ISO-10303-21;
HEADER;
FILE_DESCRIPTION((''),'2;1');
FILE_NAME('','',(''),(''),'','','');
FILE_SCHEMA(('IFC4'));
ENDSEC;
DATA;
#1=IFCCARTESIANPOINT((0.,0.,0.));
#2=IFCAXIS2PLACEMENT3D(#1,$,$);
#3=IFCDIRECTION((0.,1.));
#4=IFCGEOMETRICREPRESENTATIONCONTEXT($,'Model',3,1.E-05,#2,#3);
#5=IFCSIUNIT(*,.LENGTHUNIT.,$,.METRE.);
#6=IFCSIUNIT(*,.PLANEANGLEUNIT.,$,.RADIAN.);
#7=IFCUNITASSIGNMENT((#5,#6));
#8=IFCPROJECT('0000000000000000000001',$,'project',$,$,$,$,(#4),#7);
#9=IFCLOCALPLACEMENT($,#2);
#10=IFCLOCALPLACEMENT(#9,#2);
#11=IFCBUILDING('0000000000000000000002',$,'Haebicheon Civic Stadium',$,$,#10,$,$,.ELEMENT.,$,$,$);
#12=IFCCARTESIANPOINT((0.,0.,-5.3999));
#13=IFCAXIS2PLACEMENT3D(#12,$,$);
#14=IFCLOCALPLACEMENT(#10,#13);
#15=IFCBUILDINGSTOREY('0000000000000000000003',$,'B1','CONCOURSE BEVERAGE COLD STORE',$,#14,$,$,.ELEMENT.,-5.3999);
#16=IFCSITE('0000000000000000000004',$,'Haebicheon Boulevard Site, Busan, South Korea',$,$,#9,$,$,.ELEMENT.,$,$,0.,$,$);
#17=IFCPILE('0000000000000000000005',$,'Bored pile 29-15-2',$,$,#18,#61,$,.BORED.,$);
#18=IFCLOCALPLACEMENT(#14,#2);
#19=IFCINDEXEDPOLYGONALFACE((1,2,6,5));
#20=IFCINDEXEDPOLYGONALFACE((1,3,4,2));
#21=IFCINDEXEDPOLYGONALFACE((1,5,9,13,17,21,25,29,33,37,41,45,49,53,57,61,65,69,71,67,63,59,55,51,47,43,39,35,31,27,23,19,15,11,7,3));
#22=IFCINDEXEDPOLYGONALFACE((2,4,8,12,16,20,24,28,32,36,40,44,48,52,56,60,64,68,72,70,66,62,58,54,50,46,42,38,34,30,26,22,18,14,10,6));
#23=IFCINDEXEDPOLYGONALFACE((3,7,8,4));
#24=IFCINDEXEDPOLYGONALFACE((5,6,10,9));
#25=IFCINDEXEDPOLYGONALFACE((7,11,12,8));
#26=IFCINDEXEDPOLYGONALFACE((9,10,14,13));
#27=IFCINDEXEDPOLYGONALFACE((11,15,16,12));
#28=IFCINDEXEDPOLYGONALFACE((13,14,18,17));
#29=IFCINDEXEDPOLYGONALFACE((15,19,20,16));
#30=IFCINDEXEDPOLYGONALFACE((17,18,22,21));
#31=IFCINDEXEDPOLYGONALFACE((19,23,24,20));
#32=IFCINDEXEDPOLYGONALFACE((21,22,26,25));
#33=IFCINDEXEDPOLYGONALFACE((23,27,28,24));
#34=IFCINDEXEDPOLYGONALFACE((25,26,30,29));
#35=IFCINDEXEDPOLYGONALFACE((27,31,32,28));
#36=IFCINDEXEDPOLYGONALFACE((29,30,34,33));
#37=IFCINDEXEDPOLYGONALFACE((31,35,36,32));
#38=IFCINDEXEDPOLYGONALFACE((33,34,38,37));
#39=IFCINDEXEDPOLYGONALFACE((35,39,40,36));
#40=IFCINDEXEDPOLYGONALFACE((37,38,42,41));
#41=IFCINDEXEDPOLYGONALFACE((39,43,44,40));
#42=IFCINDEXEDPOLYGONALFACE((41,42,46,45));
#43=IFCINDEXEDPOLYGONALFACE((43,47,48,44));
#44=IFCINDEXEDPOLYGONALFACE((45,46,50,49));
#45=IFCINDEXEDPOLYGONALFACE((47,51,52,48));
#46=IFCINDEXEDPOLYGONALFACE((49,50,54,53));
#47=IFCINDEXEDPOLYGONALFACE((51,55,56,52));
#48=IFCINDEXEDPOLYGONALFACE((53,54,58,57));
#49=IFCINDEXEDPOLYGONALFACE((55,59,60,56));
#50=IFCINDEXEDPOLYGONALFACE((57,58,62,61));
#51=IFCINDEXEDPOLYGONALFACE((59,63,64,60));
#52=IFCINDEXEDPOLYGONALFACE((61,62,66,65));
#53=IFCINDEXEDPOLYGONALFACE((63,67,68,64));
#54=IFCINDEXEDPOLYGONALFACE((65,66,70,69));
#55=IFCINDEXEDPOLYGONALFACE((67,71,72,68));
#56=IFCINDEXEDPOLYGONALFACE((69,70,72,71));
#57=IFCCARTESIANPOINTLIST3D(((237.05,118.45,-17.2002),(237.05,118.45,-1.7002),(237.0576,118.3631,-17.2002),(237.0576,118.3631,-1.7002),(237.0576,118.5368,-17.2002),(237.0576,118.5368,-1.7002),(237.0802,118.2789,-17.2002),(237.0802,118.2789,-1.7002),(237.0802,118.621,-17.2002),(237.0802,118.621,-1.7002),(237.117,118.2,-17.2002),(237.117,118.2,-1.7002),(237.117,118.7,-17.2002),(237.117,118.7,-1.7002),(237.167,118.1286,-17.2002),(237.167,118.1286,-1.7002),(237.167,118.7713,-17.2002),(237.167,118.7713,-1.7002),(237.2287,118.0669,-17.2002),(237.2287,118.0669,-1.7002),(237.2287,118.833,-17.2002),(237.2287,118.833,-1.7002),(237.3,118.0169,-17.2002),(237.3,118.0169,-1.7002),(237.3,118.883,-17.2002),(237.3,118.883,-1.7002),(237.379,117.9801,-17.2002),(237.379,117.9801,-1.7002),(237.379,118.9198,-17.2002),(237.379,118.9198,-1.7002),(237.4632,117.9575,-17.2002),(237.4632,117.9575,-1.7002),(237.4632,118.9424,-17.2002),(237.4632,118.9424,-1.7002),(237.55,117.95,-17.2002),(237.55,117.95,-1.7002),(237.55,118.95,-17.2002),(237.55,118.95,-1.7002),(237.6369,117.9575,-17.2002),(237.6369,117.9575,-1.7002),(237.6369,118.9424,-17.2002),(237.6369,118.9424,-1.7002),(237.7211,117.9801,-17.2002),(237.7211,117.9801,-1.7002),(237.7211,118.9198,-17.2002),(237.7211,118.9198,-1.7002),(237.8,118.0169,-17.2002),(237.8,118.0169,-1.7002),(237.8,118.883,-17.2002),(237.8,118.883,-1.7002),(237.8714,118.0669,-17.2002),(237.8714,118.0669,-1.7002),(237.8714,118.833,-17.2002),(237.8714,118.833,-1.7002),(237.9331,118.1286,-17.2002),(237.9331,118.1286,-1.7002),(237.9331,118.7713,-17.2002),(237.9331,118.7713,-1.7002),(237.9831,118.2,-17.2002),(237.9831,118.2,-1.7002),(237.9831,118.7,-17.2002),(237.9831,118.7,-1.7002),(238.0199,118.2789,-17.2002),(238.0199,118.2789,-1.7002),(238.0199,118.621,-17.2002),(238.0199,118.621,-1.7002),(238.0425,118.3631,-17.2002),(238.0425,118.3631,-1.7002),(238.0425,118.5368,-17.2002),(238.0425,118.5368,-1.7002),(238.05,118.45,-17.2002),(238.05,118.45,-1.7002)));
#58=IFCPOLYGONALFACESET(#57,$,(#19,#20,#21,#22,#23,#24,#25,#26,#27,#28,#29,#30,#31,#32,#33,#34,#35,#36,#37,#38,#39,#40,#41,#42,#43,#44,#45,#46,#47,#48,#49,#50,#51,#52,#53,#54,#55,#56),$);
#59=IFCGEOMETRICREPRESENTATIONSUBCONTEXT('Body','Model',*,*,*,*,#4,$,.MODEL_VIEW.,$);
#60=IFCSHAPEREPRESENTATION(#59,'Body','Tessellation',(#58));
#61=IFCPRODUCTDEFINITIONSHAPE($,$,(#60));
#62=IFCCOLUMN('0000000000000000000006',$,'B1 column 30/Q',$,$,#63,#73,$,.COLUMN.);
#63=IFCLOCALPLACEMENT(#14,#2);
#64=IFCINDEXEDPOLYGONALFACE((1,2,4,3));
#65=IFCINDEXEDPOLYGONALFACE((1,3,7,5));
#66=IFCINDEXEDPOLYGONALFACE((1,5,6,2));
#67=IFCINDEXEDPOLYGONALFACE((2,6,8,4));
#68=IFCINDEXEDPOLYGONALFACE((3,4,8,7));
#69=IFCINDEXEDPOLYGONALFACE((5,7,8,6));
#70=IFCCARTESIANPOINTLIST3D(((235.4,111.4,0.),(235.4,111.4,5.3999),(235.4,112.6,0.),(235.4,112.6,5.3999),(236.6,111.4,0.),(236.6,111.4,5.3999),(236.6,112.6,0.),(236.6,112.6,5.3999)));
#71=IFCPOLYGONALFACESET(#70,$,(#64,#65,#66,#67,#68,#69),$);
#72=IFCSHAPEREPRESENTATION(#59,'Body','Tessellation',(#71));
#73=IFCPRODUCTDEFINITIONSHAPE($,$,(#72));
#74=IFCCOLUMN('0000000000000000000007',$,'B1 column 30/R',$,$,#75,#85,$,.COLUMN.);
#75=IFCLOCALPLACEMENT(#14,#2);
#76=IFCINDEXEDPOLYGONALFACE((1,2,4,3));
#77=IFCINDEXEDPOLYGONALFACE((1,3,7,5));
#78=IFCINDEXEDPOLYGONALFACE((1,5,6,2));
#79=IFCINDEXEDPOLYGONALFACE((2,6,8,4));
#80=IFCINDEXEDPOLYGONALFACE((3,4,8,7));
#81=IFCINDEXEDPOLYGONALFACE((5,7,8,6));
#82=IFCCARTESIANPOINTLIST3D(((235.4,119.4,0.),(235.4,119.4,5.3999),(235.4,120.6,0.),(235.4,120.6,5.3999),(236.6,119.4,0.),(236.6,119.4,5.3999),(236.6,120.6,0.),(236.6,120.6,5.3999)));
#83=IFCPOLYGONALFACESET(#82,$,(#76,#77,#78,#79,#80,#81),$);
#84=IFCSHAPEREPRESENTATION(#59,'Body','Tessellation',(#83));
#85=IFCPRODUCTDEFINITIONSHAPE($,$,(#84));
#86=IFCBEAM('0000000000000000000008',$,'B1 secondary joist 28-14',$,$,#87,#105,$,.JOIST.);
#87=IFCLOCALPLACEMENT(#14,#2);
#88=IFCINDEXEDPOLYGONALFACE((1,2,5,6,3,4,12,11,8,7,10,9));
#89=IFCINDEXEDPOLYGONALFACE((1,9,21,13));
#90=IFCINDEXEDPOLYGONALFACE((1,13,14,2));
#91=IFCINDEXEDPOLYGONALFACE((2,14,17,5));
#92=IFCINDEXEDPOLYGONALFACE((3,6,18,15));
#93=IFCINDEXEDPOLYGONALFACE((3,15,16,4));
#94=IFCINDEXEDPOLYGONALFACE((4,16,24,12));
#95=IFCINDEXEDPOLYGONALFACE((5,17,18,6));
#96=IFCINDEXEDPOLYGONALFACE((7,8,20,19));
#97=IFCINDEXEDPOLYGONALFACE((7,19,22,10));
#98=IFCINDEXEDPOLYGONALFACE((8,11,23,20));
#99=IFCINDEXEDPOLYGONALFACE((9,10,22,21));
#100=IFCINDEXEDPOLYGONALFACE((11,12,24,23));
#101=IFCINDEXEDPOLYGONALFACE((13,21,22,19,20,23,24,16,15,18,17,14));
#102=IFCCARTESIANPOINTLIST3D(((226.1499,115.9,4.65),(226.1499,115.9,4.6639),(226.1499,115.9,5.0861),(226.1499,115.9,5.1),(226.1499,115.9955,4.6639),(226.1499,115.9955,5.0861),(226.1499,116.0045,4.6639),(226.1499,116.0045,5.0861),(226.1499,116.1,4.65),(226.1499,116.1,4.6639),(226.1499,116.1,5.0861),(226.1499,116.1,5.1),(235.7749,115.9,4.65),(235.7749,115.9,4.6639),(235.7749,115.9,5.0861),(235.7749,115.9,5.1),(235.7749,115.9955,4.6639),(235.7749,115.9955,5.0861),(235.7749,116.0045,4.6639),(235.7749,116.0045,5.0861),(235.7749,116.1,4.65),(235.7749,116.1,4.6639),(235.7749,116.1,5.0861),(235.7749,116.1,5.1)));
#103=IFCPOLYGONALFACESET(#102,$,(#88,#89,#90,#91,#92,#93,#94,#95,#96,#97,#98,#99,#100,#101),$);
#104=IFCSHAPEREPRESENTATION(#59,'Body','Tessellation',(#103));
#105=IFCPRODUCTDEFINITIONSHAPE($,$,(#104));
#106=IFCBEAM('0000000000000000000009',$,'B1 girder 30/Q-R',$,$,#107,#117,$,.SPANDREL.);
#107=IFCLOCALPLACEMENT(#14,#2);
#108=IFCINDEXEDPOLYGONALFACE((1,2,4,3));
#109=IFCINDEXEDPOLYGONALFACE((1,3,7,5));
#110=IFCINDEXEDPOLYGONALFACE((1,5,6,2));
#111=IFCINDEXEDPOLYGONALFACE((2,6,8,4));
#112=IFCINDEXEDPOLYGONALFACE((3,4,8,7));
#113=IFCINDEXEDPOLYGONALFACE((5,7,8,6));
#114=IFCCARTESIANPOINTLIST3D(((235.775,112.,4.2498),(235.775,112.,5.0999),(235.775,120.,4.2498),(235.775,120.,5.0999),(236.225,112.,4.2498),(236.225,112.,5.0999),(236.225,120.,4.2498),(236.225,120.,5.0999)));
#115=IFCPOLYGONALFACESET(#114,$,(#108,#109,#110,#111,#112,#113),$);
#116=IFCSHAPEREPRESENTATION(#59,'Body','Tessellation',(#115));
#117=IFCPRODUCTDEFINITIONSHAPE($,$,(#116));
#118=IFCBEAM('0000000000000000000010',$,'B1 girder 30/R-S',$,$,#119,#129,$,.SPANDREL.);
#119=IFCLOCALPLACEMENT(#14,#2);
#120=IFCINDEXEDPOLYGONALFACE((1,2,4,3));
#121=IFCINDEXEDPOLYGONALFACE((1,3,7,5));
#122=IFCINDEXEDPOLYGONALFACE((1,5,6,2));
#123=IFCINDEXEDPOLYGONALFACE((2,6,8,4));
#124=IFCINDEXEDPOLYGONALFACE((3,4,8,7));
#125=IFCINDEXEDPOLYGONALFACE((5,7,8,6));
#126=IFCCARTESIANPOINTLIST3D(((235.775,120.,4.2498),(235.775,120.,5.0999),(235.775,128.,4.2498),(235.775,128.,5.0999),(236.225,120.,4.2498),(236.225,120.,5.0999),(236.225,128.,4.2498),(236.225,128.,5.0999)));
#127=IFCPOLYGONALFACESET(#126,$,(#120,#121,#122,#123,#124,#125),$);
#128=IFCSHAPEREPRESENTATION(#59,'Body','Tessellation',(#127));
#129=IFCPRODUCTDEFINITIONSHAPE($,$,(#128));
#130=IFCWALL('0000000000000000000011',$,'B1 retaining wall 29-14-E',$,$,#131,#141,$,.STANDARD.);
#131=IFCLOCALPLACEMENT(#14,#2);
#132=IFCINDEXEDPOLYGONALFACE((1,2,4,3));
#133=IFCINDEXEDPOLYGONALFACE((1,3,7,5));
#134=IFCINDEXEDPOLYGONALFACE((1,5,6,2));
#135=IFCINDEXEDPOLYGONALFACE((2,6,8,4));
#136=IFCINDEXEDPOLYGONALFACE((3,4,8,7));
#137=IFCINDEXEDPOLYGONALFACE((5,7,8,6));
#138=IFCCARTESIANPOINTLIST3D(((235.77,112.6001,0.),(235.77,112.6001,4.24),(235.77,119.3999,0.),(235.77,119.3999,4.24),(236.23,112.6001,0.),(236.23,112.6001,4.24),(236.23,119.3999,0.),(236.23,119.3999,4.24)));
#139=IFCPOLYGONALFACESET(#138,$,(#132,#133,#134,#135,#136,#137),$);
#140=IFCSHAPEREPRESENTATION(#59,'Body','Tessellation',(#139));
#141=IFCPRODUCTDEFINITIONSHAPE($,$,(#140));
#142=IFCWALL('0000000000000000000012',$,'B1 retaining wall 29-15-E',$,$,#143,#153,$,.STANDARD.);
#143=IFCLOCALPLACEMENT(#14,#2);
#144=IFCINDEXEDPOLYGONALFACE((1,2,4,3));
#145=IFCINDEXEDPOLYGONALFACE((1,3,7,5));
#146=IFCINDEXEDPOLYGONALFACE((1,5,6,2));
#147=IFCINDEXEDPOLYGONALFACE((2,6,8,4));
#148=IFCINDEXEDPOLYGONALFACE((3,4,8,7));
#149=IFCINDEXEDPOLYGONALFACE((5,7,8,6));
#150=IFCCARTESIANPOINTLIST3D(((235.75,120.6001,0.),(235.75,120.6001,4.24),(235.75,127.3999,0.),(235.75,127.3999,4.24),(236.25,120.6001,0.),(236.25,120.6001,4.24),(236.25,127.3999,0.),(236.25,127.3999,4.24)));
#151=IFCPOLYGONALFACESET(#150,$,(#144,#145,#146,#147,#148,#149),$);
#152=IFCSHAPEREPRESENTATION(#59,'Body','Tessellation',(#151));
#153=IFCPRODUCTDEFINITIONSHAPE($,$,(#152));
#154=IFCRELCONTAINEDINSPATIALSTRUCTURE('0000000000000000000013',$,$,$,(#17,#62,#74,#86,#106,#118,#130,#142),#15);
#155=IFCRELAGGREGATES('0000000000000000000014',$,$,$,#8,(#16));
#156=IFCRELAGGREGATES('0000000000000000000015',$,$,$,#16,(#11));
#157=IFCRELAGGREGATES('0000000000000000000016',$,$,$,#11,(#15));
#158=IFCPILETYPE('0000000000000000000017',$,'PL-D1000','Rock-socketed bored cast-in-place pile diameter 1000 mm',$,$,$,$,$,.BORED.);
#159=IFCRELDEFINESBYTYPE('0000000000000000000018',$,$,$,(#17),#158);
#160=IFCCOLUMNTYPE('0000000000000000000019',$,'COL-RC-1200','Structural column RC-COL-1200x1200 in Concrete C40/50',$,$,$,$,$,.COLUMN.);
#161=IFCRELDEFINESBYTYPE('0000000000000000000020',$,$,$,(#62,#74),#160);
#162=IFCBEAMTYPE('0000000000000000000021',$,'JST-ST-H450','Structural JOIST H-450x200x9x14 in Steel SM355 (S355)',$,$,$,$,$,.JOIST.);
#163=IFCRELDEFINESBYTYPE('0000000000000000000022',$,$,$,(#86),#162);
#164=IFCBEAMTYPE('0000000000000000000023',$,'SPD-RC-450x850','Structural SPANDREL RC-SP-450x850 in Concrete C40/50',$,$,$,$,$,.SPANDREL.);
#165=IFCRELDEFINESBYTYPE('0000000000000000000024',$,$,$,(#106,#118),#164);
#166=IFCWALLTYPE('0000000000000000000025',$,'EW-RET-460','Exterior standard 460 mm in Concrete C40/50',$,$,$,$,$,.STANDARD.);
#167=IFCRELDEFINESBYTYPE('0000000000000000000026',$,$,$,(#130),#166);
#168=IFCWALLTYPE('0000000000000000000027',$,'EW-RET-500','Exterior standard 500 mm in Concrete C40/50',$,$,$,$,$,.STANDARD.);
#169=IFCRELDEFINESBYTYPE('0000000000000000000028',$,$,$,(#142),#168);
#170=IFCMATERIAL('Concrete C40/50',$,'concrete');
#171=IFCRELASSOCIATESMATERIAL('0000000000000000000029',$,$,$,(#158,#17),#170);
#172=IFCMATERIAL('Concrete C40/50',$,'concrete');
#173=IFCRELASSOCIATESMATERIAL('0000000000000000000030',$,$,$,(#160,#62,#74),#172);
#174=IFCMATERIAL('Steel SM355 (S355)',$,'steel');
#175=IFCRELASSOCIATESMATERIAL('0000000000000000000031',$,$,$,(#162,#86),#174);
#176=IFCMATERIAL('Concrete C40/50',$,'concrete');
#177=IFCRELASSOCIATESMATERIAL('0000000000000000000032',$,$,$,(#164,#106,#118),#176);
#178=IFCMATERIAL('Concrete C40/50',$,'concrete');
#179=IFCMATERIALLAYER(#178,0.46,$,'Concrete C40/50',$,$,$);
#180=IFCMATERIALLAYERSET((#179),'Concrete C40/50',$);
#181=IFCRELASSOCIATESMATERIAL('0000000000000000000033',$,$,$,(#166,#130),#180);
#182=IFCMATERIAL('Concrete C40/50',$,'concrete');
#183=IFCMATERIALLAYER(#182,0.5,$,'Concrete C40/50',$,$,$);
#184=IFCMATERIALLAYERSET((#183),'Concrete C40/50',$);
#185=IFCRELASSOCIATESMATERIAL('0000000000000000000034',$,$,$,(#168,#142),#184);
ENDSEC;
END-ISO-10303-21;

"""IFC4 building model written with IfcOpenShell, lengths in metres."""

from ifc_helpers import new_model, si_unit, direction, frame, frame_2d, origin, origin_2d, place, context, subcontext, project, spatial, rectangle, circle, i_section, extrude, material, layer, layer_set, material_profile, profile_set, type_object, element, save


model = new_model("IFC4")

# Units and contexts
model_context = context("Model", 3, precision=1e-05, world=origin(), true_north=direction((0.0, 1.0)))
body_context = subcontext(model_context, "Body", "Model", "MODEL_VIEW")
ifc_project = project(units=[si_unit("LENGTHUNIT", "METRE"), si_unit("PLANEANGLEUNIT", "RADIAN")], contexts=[model_context])

# Site, building, storey
site_placement = place(None, origin())
site = spatial("IfcSite", under=ifc_project, at=site_placement, Name="Haebicheon Boulevard Site, Busan, South Korea", CompositionType="ELEMENT", RefElevation=0.0)
building_placement = place(site_placement, origin())
building = spatial("IfcBuilding", under=site, at=building_placement, Name="Haebicheon Civic Stadium", CompositionType="ELEMENT")
storey_placement = place(building_placement, frame((0.0, 0.0, -5.3999)))
storey = spatial("IfcBuildingStorey", under=building, at=storey_placement, Name="B1", Description="CONCOURSE BEVERAGE COLD STORE", CompositionType="ELEMENT", Elevation=-5.3999)

# Pile
ifc_material_1 = material(Name="Concrete C40/50", Category="concrete")
ifc_material_profile_1 = material_profile(ifc_material_1, circle(Radius=0.5, at=origin_2d()), Name="PILE-D1000")
ifc_profile_set_1 = profile_set([ifc_material_profile_1], Name="Concrete C40/50")
pile_type = type_object("IfcPileType", Name="PL-D1000", Description="Rock-socketed bored cast-in-place pile diameter 1000 mm", PredefinedType="BORED", material=ifc_profile_set_1)
for number, where, z_axis, x_axis, name in (
    (1, (237.55, 118.45, -1.7002), (0.0, 0.0, -1.0), (1.0, 0.0, 0.0), "Bored pile 29-15-2"),
):
    element("IfcPile", number, at=place(storey_placement, frame(where, z_axis=z_axis, x_axis=x_axis)), inside=storey, type_object=pile_type, material=ifc_profile_set_1, Name=name, PredefinedType="BORED", context=body_context, shape_type="SweptSolid", body=[
        extrude(circle(Radius=0.5, at=origin_2d()), origin(), (0.0, 0.0, 1.0), 15.5),
    ])

# Columns
ifc_material_2 = material(Name="Concrete C40/50", Category="concrete")
ifc_material_profile_2 = material_profile(ifc_material_2, rectangle(XDim=1.2, YDim=1.2, at=origin_2d()), Name="RC-COL-1200x1200")
ifc_profile_set_2 = profile_set([ifc_material_profile_2], Name="Concrete C40/50")
column_type = type_object("IfcColumnType", Name="COL-RC-1200", Description="Structural column RC-COL-1200x1200 in Concrete C40/50", PredefinedType="COLUMN", material=ifc_profile_set_2)
for number, where, z_axis, x_axis, name in (
    (2, (236.0, 112.0, 0.0), (0.0, 0.0, 1.0), (1.0, 0.0, 0.0), "B1 column 30/Q"),
    (3, (236.0, 120.0, 0.0), (0.0, 0.0, 1.0), (1.0, 0.0, 0.0), "B1 column 30/R"),
):
    element("IfcColumn", number, at=place(storey_placement, frame(where, z_axis=z_axis, x_axis=x_axis)), inside=storey, type_object=column_type, material=ifc_profile_set_2, Name=name, PredefinedType="COLUMN", context=body_context, shape_type="SweptSolid", body=[
        extrude(rectangle(XDim=1.2, YDim=1.2, at=origin_2d()), origin(), (0.0, 0.0, 1.0), 5.3999),
    ])

# Beams
ifc_material_3 = material(Name="Steel SM355 (S355)", Category="steel")
ifc_material_profile_3 = material_profile(ifc_material_3, i_section(OverallWidth=0.2, OverallDepth=0.45, WebThickness=0.009, FlangeThickness=0.0139, at=origin_2d()), Name="H-450x200x9x14")
ifc_profile_set_3 = profile_set([ifc_material_profile_3], Name="Steel SM355 (S355)")
beam_type_1 = type_object("IfcBeamType", Name="JST-ST-H450", Description="Structural JOIST H-450x200x9x14 in Steel SM355 (S355)", PredefinedType="JOIST", material=ifc_profile_set_3)
beam_placement = place(storey_placement, frame((226.1499, 116.0, 4.875), z_axis=(1.0, 0.0, 0.0), x_axis=(0.0, 1.0, 0.0)))
element("IfcBeam", 4, at=beam_placement, inside=storey, type_object=beam_type_1, material=ifc_profile_set_3, Name="B1 secondary joist 28-14", PredefinedType="JOIST", context=body_context, shape_type="SweptSolid", body=[
    extrude(i_section(OverallWidth=0.2, OverallDepth=0.45, WebThickness=0.009, FlangeThickness=0.0139, at=origin_2d()), origin(), (0.0, 0.0, 1.0), 9.625),
])
ifc_material_4 = material(Name="Concrete C40/50", Category="concrete")
ifc_material_profile_4 = material_profile(ifc_material_4, rectangle(XDim=0.45, YDim=0.8501, at=origin_2d()), Name="RC-SP-450x850")
ifc_profile_set_4 = profile_set([ifc_material_profile_4], Name="Concrete C40/50")
beam_type_2 = type_object("IfcBeamType", Name="SPD-RC-450x850", Description="Structural SPANDREL RC-SP-450x850 in Concrete C40/50", PredefinedType="SPANDREL", material=ifc_profile_set_4)
for number, where, z_axis, x_axis, name in (
    (5, (236.0, 112.0, 4.6748), (0.0, 1.0, 0.0), (-1.0, 0.0, 0.0), "B1 girder 30/Q-R"),
    (6, (236.0, 120.0, 4.6748), (0.0, 1.0, 0.0), (-1.0, 0.0, 0.0), "B1 girder 30/R-S"),
):
    element("IfcBeam", number, at=place(storey_placement, frame(where, z_axis=z_axis, x_axis=x_axis)), inside=storey, type_object=beam_type_2, material=ifc_profile_set_4, Name=name, PredefinedType="SPANDREL", context=body_context, shape_type="SweptSolid", body=[
        extrude(rectangle(XDim=0.45, YDim=0.8501, at=origin_2d()), origin(), (0.0, 0.0, 1.0), 8.0),
    ])

# Walls
ifc_material_5 = material(Name="Concrete C40/50", Category="concrete")
ifc_layer_1 = layer(ifc_material_5, 0.46, Name="Concrete C40/50")
ifc_layer_set_1 = layer_set([ifc_layer_1], Name="Concrete C40/50")
wall_type_1 = type_object("IfcWallType", Name="EW-RET-460", Description="Exterior standard 460 mm in Concrete C40/50", PredefinedType="STANDARD", material=ifc_layer_set_1)
wall_1_placement = place(storey_placement, frame((236.0, 112.6001, 0.0), z_axis=(0.0, 0.0, 1.0), x_axis=(0.0, 1.0, 0.0)))
element("IfcWall", 7, at=wall_1_placement, inside=storey, type_object=wall_type_1, material=ifc_layer_set_1, Name="B1 retaining wall 29-14-E", PredefinedType="STANDARD", context=body_context, shape_type="SweptSolid", body=[
    extrude(rectangle(XDim=6.7998, YDim=0.46, at=frame_2d((3.3999, 0.0))), origin(), (0.0, 0.0, 1.0), 4.24),
])
ifc_material_6 = material(Name="Concrete C40/50", Category="concrete")
ifc_layer_2 = layer(ifc_material_6, 0.5, Name="Concrete C40/50")
ifc_layer_set_2 = layer_set([ifc_layer_2], Name="Concrete C40/50")
wall_type_2 = type_object("IfcWallType", Name="EW-RET-500", Description="Exterior standard 500 mm in Concrete C40/50", PredefinedType="STANDARD", material=ifc_layer_set_2)
wall_2_placement = place(storey_placement, frame((236.0, 120.6001, 0.0), z_axis=(0.0, 0.0, 1.0), x_axis=(0.0, 1.0, 0.0)))
element("IfcWall", 8, at=wall_2_placement, inside=storey, type_object=wall_type_2, material=ifc_layer_set_2, Name="B1 retaining wall 29-15-E", PredefinedType="STANDARD", context=body_context, shape_type="SweptSolid", body=[
    extrude(rectangle(XDim=6.7998, YDim=0.5, at=frame_2d((3.3999, 0.0))), origin(), (0.0, 0.0, 1.0), 4.24),
])

save(model, "model.ifc")
